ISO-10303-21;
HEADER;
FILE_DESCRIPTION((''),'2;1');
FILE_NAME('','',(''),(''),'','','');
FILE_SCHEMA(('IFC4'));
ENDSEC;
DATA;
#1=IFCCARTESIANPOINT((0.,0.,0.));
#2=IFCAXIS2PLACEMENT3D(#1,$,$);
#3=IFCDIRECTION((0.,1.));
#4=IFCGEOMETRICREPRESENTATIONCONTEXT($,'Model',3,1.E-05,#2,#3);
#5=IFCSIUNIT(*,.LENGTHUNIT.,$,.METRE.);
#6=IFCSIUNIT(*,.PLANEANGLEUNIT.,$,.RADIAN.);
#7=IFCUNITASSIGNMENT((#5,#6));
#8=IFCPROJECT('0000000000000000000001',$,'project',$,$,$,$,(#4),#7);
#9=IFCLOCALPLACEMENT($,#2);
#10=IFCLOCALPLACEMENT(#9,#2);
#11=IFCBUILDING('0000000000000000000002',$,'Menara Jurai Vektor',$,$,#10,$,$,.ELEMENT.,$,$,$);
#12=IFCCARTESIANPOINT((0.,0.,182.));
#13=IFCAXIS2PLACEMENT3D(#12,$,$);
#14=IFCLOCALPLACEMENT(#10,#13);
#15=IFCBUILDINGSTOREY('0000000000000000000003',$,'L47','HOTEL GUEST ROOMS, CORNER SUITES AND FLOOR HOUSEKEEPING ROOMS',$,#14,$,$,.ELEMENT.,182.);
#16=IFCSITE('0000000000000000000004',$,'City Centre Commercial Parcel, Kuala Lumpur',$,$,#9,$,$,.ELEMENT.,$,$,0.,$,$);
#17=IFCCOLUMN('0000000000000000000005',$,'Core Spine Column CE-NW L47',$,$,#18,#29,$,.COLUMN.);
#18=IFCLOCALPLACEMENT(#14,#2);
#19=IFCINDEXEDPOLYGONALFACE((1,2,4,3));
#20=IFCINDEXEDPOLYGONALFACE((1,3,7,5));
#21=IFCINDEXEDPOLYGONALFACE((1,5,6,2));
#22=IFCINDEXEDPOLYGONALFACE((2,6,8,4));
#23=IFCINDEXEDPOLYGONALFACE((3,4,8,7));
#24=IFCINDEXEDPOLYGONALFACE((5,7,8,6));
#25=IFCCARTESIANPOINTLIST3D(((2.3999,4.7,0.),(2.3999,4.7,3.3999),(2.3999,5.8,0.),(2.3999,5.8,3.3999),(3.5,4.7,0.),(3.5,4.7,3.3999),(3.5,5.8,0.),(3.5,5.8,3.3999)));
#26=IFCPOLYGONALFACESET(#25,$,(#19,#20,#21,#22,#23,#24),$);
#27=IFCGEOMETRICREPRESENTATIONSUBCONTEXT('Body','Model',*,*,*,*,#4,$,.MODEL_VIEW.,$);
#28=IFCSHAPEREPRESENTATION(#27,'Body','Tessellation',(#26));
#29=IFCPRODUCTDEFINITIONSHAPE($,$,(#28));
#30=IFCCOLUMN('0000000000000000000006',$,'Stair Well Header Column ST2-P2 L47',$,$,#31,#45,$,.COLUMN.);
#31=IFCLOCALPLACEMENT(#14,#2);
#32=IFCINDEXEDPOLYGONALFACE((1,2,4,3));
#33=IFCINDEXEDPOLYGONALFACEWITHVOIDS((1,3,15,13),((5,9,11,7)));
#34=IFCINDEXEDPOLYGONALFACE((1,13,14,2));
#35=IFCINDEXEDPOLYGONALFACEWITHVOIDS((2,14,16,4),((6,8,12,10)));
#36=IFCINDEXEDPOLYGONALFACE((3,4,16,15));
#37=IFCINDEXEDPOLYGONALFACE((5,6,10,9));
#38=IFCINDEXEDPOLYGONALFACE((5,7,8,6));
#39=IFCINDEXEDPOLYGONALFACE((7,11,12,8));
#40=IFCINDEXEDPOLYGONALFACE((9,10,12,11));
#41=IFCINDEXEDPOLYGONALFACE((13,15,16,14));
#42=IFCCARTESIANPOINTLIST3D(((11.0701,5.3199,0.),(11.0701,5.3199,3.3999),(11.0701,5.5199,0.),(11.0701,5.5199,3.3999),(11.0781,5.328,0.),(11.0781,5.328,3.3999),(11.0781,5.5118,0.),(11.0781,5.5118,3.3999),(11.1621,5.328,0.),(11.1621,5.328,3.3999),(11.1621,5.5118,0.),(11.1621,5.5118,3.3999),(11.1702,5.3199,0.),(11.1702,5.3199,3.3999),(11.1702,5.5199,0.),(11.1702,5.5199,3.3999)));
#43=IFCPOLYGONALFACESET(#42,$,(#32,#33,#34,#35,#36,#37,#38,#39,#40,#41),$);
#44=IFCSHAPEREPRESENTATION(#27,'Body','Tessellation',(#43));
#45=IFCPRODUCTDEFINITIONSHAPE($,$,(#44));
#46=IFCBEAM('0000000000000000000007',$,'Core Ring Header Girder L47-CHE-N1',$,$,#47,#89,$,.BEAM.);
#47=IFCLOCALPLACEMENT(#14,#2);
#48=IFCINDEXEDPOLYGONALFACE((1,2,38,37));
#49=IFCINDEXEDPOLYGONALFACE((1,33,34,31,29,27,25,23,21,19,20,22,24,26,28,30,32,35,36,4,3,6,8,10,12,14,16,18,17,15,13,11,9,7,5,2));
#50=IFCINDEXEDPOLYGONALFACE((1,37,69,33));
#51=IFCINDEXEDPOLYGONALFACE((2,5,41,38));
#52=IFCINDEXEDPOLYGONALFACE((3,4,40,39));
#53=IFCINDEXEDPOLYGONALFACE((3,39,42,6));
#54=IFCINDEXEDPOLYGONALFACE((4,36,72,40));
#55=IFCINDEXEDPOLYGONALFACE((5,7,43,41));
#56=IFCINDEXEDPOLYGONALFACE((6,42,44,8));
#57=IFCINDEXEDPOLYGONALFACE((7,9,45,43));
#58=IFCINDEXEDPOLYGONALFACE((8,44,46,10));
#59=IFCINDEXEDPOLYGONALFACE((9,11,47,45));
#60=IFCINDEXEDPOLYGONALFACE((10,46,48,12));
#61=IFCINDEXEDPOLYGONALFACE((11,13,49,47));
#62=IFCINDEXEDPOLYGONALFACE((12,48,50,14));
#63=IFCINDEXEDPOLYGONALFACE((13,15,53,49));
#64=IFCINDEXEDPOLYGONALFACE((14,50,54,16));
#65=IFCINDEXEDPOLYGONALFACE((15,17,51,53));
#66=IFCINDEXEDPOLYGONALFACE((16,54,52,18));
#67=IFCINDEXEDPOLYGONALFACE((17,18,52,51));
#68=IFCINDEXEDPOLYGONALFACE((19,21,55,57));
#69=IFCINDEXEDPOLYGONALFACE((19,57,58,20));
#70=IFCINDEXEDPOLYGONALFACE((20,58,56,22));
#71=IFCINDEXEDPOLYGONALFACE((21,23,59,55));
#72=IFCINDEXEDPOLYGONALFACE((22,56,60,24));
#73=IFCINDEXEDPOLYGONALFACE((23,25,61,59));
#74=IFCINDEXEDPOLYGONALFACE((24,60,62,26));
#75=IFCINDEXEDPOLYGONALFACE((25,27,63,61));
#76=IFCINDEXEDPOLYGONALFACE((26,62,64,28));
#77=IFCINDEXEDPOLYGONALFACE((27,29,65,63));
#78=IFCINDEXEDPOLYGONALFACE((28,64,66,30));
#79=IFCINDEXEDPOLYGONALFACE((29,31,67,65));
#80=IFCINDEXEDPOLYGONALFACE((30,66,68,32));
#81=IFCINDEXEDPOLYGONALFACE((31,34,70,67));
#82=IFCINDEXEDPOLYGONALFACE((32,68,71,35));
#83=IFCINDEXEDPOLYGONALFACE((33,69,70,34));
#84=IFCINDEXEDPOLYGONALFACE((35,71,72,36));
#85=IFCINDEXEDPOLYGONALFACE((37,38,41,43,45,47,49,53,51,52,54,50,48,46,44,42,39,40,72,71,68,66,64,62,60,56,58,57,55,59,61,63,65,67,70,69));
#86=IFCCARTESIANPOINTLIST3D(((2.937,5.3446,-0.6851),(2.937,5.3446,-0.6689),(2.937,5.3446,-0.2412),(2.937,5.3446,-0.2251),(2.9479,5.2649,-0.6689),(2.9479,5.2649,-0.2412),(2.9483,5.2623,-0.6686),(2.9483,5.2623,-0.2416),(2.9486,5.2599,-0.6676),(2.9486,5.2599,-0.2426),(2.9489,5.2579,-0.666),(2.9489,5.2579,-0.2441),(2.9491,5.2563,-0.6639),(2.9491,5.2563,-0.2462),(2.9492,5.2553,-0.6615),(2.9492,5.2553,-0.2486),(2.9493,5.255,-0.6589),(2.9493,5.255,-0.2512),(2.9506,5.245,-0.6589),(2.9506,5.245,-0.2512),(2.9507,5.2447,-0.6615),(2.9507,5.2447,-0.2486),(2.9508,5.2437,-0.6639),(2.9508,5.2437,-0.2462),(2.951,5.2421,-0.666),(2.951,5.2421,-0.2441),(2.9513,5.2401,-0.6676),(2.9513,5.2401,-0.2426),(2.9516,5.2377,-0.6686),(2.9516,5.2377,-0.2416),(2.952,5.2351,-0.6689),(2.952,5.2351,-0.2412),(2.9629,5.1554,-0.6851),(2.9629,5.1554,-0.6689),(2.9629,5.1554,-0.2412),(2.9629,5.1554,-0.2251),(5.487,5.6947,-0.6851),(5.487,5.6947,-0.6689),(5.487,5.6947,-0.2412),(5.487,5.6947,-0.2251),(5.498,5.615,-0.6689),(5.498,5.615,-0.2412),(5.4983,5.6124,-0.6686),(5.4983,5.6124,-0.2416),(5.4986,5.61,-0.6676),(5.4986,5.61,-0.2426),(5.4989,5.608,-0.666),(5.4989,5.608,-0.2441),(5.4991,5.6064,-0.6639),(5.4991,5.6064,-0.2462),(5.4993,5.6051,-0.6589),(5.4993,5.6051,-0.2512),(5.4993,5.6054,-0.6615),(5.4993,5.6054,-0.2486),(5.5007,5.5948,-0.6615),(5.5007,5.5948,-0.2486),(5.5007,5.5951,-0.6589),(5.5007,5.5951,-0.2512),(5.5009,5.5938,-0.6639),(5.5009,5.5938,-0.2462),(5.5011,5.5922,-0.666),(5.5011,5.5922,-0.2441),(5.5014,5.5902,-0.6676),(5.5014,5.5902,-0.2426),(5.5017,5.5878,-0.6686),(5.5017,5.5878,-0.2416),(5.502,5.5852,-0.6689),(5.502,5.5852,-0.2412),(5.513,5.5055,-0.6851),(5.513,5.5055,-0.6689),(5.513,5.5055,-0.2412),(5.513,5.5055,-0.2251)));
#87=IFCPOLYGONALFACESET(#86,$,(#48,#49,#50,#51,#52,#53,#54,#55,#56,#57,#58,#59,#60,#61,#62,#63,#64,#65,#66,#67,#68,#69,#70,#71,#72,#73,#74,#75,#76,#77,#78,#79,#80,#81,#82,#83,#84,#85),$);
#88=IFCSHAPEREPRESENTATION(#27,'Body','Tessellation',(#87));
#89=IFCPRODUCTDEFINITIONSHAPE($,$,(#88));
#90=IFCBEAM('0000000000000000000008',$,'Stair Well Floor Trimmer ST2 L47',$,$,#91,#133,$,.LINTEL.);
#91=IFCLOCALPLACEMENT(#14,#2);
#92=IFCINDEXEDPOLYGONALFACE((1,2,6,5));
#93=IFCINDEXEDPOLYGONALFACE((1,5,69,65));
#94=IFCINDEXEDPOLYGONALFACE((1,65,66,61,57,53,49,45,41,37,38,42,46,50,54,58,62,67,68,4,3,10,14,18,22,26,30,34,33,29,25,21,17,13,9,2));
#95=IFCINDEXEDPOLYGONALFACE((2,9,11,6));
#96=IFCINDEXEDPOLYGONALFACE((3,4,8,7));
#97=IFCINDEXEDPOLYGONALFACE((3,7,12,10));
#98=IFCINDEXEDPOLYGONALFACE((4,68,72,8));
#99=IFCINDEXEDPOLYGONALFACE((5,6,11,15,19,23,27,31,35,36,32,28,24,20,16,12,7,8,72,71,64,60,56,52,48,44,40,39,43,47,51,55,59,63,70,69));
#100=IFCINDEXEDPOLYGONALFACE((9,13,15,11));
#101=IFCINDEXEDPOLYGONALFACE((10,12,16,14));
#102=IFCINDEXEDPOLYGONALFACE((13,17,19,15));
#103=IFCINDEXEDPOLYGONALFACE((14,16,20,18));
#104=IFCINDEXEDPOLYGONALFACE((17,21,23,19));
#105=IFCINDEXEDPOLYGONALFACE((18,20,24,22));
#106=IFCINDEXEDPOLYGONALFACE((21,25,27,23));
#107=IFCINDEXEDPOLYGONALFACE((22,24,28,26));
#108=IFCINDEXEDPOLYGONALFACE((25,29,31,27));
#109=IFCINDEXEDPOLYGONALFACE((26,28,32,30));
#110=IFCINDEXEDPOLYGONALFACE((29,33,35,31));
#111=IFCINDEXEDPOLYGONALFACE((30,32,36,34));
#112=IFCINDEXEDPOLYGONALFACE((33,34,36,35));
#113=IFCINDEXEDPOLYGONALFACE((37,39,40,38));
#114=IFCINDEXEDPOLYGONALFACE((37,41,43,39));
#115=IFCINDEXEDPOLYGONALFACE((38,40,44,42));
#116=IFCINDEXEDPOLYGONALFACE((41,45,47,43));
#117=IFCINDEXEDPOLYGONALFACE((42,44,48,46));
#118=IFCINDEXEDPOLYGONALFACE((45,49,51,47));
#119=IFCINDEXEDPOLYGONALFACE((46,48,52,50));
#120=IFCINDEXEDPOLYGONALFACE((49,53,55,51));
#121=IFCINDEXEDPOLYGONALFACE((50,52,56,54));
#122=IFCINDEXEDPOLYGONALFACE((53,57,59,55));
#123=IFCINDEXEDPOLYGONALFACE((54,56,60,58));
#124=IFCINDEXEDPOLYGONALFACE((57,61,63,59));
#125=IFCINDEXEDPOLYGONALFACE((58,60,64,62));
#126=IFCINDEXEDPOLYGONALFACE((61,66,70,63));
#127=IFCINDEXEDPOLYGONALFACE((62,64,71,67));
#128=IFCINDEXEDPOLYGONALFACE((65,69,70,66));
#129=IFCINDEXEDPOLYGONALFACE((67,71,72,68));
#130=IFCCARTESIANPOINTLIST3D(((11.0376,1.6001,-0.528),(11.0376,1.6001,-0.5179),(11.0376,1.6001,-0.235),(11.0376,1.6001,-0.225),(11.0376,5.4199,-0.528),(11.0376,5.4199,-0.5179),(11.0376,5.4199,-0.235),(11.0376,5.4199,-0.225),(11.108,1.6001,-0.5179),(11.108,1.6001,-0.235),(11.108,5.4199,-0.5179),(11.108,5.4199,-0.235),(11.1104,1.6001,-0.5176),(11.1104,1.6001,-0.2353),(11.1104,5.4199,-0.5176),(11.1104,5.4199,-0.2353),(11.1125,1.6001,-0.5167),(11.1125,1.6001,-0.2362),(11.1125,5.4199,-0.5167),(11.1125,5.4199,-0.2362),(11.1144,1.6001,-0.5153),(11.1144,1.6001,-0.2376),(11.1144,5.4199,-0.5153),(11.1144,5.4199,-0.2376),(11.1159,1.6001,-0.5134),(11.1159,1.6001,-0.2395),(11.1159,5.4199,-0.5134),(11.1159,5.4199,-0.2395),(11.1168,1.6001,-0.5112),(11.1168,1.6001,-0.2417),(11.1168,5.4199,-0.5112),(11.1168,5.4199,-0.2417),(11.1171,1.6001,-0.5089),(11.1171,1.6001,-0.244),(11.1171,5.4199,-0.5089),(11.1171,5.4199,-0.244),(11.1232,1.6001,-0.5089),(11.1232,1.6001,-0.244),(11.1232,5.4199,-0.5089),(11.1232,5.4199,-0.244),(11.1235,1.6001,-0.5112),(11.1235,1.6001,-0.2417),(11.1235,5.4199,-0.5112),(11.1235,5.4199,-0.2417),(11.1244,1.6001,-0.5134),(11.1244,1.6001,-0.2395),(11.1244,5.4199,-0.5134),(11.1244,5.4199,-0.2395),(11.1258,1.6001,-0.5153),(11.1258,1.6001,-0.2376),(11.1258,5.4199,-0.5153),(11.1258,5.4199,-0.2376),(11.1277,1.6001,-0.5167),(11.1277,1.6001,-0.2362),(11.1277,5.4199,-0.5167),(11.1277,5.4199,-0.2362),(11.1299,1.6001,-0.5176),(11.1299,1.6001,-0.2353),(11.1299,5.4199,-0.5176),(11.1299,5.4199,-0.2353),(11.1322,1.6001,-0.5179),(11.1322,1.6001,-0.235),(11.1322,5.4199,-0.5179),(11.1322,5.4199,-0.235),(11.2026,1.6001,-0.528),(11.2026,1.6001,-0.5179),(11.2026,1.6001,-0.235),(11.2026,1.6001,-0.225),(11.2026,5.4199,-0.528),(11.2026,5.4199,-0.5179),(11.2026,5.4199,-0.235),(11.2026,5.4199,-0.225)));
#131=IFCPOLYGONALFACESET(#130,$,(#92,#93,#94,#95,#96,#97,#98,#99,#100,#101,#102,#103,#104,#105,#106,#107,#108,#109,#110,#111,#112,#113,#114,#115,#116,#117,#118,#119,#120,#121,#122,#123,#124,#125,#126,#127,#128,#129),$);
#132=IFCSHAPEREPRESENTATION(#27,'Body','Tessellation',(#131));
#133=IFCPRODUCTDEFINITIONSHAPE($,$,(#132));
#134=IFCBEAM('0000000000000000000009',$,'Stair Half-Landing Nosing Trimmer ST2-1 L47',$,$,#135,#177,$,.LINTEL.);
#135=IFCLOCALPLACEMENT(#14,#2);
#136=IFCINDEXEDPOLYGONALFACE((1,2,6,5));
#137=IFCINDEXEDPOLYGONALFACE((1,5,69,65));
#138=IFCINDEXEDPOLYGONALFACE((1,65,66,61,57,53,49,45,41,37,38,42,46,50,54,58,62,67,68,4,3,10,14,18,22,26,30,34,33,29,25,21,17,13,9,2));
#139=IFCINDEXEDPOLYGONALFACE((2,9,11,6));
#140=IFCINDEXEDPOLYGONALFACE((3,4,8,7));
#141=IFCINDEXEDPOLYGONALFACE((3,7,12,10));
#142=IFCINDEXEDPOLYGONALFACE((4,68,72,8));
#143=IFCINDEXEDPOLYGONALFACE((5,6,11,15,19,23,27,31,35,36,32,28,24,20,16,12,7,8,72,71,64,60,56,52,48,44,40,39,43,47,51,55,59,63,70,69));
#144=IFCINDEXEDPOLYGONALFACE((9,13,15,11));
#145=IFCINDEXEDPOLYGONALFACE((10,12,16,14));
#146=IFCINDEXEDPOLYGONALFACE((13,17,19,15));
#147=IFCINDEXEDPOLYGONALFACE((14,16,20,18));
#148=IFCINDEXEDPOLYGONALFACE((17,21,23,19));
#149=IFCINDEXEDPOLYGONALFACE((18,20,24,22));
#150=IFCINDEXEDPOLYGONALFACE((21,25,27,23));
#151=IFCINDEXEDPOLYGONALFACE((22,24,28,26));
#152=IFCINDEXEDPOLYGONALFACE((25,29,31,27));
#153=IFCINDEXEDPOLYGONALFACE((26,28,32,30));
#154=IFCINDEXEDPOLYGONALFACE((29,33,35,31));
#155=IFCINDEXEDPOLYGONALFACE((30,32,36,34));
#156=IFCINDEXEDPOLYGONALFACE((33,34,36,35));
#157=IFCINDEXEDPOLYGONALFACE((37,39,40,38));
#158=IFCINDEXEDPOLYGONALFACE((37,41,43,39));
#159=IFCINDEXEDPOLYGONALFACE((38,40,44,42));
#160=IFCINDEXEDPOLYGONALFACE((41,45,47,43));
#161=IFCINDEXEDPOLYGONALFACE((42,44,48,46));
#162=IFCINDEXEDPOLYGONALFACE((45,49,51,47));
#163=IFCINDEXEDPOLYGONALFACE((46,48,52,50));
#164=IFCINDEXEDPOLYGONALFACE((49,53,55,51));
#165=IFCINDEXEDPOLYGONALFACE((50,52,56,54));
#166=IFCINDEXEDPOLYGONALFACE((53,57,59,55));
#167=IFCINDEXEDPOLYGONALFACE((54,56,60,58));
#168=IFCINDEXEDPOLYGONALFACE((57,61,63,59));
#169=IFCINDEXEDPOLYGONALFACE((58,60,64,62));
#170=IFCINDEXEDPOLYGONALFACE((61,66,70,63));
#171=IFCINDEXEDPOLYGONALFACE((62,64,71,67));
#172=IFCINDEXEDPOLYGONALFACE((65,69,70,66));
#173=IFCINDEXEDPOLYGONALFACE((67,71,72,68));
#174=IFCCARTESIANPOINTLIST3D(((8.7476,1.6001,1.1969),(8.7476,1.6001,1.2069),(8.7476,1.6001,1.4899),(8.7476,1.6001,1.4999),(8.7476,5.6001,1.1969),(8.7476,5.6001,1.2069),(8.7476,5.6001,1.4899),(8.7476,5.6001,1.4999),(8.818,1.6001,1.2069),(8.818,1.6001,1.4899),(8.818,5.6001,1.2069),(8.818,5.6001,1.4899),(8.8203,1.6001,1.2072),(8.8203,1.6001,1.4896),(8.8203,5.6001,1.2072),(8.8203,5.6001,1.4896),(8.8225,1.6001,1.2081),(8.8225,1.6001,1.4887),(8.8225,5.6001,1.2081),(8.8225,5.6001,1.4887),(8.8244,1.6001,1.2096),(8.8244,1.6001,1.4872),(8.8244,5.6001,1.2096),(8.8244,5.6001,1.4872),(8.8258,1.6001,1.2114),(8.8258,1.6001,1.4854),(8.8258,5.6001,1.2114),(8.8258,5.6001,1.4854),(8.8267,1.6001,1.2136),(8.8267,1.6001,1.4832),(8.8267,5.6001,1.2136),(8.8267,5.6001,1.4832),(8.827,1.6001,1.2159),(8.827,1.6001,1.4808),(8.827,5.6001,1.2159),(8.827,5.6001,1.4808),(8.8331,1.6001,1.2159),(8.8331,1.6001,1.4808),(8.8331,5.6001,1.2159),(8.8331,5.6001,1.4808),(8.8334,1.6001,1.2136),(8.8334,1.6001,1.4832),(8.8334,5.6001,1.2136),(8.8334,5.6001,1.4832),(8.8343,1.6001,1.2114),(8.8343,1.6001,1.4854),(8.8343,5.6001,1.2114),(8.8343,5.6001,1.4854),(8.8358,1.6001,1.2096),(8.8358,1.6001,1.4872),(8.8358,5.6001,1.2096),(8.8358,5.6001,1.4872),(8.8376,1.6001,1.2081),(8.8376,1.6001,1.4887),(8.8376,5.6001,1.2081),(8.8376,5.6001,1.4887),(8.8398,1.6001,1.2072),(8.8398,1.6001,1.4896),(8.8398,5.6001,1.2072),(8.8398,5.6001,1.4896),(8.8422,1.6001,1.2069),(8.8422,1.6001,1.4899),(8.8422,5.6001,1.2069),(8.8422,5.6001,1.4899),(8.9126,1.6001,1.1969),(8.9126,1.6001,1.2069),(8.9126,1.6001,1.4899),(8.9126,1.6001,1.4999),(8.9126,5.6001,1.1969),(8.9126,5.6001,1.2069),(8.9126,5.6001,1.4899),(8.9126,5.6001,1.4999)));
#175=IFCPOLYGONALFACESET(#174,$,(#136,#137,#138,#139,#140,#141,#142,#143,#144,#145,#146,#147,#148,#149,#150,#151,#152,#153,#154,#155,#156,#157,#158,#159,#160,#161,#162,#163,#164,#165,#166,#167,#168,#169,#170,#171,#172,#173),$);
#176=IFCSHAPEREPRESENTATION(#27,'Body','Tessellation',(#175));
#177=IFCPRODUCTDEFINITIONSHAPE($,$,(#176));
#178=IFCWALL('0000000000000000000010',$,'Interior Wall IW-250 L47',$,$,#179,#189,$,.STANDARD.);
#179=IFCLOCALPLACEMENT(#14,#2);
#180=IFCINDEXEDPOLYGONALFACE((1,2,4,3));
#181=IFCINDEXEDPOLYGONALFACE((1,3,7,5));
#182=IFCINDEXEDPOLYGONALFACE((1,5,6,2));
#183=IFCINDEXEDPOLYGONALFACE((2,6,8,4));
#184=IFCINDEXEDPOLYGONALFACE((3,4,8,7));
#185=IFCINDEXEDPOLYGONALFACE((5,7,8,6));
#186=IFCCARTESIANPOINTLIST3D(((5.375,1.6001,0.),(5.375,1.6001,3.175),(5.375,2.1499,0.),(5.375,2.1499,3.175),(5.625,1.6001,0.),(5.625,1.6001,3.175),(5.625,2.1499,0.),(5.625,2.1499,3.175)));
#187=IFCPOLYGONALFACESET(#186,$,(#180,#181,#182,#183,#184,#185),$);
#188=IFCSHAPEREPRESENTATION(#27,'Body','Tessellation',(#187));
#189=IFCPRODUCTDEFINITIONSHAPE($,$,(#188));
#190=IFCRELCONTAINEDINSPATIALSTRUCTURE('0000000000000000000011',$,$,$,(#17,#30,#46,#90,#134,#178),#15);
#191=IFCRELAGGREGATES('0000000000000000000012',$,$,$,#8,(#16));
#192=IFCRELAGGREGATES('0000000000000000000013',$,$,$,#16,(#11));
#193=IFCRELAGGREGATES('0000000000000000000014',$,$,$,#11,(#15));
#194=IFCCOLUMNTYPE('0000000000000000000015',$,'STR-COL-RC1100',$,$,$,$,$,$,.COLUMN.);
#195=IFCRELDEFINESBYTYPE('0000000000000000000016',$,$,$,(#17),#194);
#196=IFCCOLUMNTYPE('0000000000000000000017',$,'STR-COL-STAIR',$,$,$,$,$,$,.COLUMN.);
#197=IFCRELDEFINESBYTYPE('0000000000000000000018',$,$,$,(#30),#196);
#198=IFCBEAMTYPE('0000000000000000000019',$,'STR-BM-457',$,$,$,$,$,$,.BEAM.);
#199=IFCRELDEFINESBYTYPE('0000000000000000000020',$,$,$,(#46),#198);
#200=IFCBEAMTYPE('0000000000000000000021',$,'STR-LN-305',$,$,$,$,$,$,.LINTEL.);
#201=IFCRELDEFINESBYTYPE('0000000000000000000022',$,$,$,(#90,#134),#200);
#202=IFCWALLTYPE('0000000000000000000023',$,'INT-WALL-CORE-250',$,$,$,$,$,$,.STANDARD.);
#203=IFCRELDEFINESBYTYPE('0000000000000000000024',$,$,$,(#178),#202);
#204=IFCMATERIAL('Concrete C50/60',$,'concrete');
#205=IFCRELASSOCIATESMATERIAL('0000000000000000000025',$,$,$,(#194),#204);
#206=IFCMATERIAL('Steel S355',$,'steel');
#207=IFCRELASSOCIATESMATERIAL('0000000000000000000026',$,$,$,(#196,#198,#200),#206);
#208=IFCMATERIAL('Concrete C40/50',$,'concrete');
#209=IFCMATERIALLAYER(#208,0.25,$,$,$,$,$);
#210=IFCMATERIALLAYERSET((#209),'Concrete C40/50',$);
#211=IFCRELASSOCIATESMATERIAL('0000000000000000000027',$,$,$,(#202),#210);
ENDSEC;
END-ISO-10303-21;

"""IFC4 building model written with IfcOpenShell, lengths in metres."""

from ifc_helpers import new_model, si_unit, direction, frame, frame_2d, origin, origin_2d, place, context, subcontext, project, spatial, rectangle, hollow_rectangle, i_section, extrude, material, layer, layer_set, material_profile, profile_set, type_object, element, save


model = new_model("IFC4")

# Units and contexts
model_context = context("Model", 3, precision=1e-05, world=origin(), true_north=direction((0.0, 1.0)))
body_context = subcontext(model_context, "Body", "Model", "MODEL_VIEW")
ifc_project = project(units=[si_unit("LENGTHUNIT", "METRE"), si_unit("PLANEANGLEUNIT", "RADIAN")], contexts=[model_context])

# Site, building, storey
site_placement = place(None, origin())
site = spatial("IfcSite", under=ifc_project, at=site_placement, Name="City Centre Commercial Parcel, Kuala Lumpur", CompositionType="ELEMENT", RefElevation=0.0)
building_placement = place(site_placement, origin())
building = spatial("IfcBuilding", under=site, at=building_placement, Name="Menara Jurai Vektor", CompositionType="ELEMENT")
storey_placement = place(building_placement, frame((0.0, 0.0, 182.0)))
storey = spatial("IfcBuildingStorey", under=building, at=storey_placement, Name="L47", Description="HOTEL GUEST ROOMS, CORNER SUITES AND FLOOR HOUSEKEEPING ROOMS", CompositionType="ELEMENT", Elevation=182.0)

# Columns
ifc_material_1 = material(Name="Concrete C50/60", Category="concrete")
ifc_material_profile_1 = material_profile(ifc_material_1, rectangle(XDim=1.1001, YDim=1.1001, at=origin_2d()), Name="RC 1100x1100")
ifc_profile_set_1 = profile_set([ifc_material_profile_1], Name="Concrete C50/60")
column_type_1 = type_object("IfcColumnType", Name="STR-COL-RC1100", PredefinedType="COLUMN", material=ifc_profile_set_1)
column_1_placement = place(storey_placement, frame((2.95, 5.25, 0.0), z_axis=(0.0, 0.0, 1.0), x_axis=(1.0, 0.0, 0.0)))
element("IfcColumn", 1, at=column_1_placement, inside=storey, type_object=column_type_1, Name="Core Spine Column CE-NW L47", PredefinedType="COLUMN", context=body_context, shape_type="SweptSolid", body=[
    extrude(rectangle(XDim=1.1001, YDim=1.1001, at=origin_2d()), origin(), (0.0, 0.0, 1.0), 3.3999),
])
ifc_material_2 = material(Name="Steel S355", Category="steel")
ifc_material_profile_2 = material_profile(ifc_material_2, hollow_rectangle(XDim=0.1001, YDim=0.2, WallThickness=0.0081, at=origin_2d()), Name="RHS 200x100x8")
ifc_profile_set_2 = profile_set([ifc_material_profile_2], Name="Steel S355")
column_type_2 = type_object("IfcColumnType", Name="STR-COL-STAIR", PredefinedType="COLUMN", material=ifc_profile_set_2)
column_2_placement = place(storey_placement, frame((11.1201, 5.4199, 0.0), z_axis=(0.0, 0.0, 1.0), x_axis=(1.0, 0.0, 0.0)))
element("IfcColumn", 2, at=column_2_placement, inside=storey, type_object=column_type_2, Name="Stair Well Header Column ST2-P2 L47", PredefinedType="COLUMN", context=body_context, shape_type="SweptSolid", body=[
    extrude(hollow_rectangle(XDim=0.1001, YDim=0.2, WallThickness=0.0081, at=origin_2d()), origin(), (0.0, 0.0, 1.0), 3.3999),
])

# Beams
ifc_material_profile_3 = material_profile(ifc_material_2, i_section(OverallWidth=0.1909, OverallDepth=0.46, WebThickness=0.01, FlangeThickness=0.0161, FilletRadius=0.01, at=origin_2d()), Name="UKB 457x191x82")
ifc_profile_set_3 = profile_set([ifc_material_profile_3], Name="Steel S355")
beam_type_1 = type_object("IfcBeamType", Name="STR-BM-457", PredefinedType="BEAM", material=ifc_profile_set_3)
beam_1_placement = place(storey_placement, frame((2.95, 5.25, -0.4551), z_axis=(0.990707, 0.136015, 0.0), x_axis=(-0.136015, 0.990707, 0.0)))
element("IfcBeam", 3, at=beam_1_placement, inside=storey, type_object=beam_type_1, Name="Core Ring Header Girder L47-CHE-N1", PredefinedType="BEAM", context=body_context, shape_type="SweptSolid", body=[
    extrude(i_section(OverallWidth=0.1909, OverallDepth=0.46, WebThickness=0.01, FlangeThickness=0.0161, FilletRadius=0.01, at=origin_2d()), origin(), (0.0, 0.0, 1.0), 2.574),
])
ifc_material_profile_4 = material_profile(ifc_material_2, i_section(OverallWidth=0.165, OverallDepth=0.303, WebThickness=0.0061, FlangeThickness=0.01, FilletRadius=0.009, at=origin_2d()), Name="UKB 305x165x40")
ifc_profile_set_4 = profile_set([ifc_material_profile_4], Name="Steel S355")
beam_type_2 = type_object("IfcBeamType", Name="STR-LN-305", PredefinedType="LINTEL", material=ifc_profile_set_4)
beam_2_placement = place(storey_placement, frame((11.1201, 1.6001, -0.3765), z_axis=(0.0, 1.0, 0.0), x_axis=(-1.0, 0.0, 0.0)))
element("IfcBeam", 4, at=beam_2_placement, inside=storey, type_object=beam_type_2, Name="Stair Well Floor Trimmer ST2 L47", PredefinedType="LINTEL", context=body_context, shape_type="SweptSolid", body=[
    extrude(i_section(OverallWidth=0.165, OverallDepth=0.303, WebThickness=0.0061, FlangeThickness=0.01, FilletRadius=0.009, at=origin_2d()), origin(), (0.0, 0.0, 1.0), 3.8198),
])
beam_3_placement = place(storey_placement, frame((8.8301, 1.6001, 1.3484), z_axis=(0.0, 1.0, 0.0), x_axis=(-1.0, 0.0, 0.0)))
element("IfcBeam", 5, at=beam_3_placement, inside=storey, type_object=beam_type_2, Name="Stair Half-Landing Nosing Trimmer ST2-1 L47", PredefinedType="LINTEL", context=body_context, shape_type="SweptSolid", body=[
    extrude(i_section(OverallWidth=0.165, OverallDepth=0.303, WebThickness=0.0061, FlangeThickness=0.01, FilletRadius=0.009, at=origin_2d()), origin(), (0.0, 0.0, 1.0), 4.0),
])

# Shared definitions
ifc_material_3 = material(Name="Concrete C40/50", Category="concrete")
ifc_layer_1 = layer(ifc_material_3, 0.25)
ifc_layer_set_1 = layer_set([ifc_layer_1], Name="Concrete C40/50")
wall_type_1 = type_object("IfcWallType", Name="INT-WALL-CORE-250", PredefinedType="STANDARD", material=ifc_layer_set_1)

# Wall
wall_1_placement = place(storey_placement, frame((5.5, 1.6001, 0.0), z_axis=(0.0, 0.0, 1.0), x_axis=(0.0, 1.0, 0.0)))
element("IfcWall", 6, at=wall_1_placement, inside=storey, type_object=wall_type_1, Name="Interior Wall IW-250 L47", PredefinedType="STANDARD", context=body_context, shape_type="SweptSolid", body=[
    extrude(rectangle(XDim=0.5498, YDim=0.25, at=frame_2d((0.2749, 0.0))), origin(), (0.0, 0.0, 1.0), 3.175),
])

save(model, "model.ifc")
